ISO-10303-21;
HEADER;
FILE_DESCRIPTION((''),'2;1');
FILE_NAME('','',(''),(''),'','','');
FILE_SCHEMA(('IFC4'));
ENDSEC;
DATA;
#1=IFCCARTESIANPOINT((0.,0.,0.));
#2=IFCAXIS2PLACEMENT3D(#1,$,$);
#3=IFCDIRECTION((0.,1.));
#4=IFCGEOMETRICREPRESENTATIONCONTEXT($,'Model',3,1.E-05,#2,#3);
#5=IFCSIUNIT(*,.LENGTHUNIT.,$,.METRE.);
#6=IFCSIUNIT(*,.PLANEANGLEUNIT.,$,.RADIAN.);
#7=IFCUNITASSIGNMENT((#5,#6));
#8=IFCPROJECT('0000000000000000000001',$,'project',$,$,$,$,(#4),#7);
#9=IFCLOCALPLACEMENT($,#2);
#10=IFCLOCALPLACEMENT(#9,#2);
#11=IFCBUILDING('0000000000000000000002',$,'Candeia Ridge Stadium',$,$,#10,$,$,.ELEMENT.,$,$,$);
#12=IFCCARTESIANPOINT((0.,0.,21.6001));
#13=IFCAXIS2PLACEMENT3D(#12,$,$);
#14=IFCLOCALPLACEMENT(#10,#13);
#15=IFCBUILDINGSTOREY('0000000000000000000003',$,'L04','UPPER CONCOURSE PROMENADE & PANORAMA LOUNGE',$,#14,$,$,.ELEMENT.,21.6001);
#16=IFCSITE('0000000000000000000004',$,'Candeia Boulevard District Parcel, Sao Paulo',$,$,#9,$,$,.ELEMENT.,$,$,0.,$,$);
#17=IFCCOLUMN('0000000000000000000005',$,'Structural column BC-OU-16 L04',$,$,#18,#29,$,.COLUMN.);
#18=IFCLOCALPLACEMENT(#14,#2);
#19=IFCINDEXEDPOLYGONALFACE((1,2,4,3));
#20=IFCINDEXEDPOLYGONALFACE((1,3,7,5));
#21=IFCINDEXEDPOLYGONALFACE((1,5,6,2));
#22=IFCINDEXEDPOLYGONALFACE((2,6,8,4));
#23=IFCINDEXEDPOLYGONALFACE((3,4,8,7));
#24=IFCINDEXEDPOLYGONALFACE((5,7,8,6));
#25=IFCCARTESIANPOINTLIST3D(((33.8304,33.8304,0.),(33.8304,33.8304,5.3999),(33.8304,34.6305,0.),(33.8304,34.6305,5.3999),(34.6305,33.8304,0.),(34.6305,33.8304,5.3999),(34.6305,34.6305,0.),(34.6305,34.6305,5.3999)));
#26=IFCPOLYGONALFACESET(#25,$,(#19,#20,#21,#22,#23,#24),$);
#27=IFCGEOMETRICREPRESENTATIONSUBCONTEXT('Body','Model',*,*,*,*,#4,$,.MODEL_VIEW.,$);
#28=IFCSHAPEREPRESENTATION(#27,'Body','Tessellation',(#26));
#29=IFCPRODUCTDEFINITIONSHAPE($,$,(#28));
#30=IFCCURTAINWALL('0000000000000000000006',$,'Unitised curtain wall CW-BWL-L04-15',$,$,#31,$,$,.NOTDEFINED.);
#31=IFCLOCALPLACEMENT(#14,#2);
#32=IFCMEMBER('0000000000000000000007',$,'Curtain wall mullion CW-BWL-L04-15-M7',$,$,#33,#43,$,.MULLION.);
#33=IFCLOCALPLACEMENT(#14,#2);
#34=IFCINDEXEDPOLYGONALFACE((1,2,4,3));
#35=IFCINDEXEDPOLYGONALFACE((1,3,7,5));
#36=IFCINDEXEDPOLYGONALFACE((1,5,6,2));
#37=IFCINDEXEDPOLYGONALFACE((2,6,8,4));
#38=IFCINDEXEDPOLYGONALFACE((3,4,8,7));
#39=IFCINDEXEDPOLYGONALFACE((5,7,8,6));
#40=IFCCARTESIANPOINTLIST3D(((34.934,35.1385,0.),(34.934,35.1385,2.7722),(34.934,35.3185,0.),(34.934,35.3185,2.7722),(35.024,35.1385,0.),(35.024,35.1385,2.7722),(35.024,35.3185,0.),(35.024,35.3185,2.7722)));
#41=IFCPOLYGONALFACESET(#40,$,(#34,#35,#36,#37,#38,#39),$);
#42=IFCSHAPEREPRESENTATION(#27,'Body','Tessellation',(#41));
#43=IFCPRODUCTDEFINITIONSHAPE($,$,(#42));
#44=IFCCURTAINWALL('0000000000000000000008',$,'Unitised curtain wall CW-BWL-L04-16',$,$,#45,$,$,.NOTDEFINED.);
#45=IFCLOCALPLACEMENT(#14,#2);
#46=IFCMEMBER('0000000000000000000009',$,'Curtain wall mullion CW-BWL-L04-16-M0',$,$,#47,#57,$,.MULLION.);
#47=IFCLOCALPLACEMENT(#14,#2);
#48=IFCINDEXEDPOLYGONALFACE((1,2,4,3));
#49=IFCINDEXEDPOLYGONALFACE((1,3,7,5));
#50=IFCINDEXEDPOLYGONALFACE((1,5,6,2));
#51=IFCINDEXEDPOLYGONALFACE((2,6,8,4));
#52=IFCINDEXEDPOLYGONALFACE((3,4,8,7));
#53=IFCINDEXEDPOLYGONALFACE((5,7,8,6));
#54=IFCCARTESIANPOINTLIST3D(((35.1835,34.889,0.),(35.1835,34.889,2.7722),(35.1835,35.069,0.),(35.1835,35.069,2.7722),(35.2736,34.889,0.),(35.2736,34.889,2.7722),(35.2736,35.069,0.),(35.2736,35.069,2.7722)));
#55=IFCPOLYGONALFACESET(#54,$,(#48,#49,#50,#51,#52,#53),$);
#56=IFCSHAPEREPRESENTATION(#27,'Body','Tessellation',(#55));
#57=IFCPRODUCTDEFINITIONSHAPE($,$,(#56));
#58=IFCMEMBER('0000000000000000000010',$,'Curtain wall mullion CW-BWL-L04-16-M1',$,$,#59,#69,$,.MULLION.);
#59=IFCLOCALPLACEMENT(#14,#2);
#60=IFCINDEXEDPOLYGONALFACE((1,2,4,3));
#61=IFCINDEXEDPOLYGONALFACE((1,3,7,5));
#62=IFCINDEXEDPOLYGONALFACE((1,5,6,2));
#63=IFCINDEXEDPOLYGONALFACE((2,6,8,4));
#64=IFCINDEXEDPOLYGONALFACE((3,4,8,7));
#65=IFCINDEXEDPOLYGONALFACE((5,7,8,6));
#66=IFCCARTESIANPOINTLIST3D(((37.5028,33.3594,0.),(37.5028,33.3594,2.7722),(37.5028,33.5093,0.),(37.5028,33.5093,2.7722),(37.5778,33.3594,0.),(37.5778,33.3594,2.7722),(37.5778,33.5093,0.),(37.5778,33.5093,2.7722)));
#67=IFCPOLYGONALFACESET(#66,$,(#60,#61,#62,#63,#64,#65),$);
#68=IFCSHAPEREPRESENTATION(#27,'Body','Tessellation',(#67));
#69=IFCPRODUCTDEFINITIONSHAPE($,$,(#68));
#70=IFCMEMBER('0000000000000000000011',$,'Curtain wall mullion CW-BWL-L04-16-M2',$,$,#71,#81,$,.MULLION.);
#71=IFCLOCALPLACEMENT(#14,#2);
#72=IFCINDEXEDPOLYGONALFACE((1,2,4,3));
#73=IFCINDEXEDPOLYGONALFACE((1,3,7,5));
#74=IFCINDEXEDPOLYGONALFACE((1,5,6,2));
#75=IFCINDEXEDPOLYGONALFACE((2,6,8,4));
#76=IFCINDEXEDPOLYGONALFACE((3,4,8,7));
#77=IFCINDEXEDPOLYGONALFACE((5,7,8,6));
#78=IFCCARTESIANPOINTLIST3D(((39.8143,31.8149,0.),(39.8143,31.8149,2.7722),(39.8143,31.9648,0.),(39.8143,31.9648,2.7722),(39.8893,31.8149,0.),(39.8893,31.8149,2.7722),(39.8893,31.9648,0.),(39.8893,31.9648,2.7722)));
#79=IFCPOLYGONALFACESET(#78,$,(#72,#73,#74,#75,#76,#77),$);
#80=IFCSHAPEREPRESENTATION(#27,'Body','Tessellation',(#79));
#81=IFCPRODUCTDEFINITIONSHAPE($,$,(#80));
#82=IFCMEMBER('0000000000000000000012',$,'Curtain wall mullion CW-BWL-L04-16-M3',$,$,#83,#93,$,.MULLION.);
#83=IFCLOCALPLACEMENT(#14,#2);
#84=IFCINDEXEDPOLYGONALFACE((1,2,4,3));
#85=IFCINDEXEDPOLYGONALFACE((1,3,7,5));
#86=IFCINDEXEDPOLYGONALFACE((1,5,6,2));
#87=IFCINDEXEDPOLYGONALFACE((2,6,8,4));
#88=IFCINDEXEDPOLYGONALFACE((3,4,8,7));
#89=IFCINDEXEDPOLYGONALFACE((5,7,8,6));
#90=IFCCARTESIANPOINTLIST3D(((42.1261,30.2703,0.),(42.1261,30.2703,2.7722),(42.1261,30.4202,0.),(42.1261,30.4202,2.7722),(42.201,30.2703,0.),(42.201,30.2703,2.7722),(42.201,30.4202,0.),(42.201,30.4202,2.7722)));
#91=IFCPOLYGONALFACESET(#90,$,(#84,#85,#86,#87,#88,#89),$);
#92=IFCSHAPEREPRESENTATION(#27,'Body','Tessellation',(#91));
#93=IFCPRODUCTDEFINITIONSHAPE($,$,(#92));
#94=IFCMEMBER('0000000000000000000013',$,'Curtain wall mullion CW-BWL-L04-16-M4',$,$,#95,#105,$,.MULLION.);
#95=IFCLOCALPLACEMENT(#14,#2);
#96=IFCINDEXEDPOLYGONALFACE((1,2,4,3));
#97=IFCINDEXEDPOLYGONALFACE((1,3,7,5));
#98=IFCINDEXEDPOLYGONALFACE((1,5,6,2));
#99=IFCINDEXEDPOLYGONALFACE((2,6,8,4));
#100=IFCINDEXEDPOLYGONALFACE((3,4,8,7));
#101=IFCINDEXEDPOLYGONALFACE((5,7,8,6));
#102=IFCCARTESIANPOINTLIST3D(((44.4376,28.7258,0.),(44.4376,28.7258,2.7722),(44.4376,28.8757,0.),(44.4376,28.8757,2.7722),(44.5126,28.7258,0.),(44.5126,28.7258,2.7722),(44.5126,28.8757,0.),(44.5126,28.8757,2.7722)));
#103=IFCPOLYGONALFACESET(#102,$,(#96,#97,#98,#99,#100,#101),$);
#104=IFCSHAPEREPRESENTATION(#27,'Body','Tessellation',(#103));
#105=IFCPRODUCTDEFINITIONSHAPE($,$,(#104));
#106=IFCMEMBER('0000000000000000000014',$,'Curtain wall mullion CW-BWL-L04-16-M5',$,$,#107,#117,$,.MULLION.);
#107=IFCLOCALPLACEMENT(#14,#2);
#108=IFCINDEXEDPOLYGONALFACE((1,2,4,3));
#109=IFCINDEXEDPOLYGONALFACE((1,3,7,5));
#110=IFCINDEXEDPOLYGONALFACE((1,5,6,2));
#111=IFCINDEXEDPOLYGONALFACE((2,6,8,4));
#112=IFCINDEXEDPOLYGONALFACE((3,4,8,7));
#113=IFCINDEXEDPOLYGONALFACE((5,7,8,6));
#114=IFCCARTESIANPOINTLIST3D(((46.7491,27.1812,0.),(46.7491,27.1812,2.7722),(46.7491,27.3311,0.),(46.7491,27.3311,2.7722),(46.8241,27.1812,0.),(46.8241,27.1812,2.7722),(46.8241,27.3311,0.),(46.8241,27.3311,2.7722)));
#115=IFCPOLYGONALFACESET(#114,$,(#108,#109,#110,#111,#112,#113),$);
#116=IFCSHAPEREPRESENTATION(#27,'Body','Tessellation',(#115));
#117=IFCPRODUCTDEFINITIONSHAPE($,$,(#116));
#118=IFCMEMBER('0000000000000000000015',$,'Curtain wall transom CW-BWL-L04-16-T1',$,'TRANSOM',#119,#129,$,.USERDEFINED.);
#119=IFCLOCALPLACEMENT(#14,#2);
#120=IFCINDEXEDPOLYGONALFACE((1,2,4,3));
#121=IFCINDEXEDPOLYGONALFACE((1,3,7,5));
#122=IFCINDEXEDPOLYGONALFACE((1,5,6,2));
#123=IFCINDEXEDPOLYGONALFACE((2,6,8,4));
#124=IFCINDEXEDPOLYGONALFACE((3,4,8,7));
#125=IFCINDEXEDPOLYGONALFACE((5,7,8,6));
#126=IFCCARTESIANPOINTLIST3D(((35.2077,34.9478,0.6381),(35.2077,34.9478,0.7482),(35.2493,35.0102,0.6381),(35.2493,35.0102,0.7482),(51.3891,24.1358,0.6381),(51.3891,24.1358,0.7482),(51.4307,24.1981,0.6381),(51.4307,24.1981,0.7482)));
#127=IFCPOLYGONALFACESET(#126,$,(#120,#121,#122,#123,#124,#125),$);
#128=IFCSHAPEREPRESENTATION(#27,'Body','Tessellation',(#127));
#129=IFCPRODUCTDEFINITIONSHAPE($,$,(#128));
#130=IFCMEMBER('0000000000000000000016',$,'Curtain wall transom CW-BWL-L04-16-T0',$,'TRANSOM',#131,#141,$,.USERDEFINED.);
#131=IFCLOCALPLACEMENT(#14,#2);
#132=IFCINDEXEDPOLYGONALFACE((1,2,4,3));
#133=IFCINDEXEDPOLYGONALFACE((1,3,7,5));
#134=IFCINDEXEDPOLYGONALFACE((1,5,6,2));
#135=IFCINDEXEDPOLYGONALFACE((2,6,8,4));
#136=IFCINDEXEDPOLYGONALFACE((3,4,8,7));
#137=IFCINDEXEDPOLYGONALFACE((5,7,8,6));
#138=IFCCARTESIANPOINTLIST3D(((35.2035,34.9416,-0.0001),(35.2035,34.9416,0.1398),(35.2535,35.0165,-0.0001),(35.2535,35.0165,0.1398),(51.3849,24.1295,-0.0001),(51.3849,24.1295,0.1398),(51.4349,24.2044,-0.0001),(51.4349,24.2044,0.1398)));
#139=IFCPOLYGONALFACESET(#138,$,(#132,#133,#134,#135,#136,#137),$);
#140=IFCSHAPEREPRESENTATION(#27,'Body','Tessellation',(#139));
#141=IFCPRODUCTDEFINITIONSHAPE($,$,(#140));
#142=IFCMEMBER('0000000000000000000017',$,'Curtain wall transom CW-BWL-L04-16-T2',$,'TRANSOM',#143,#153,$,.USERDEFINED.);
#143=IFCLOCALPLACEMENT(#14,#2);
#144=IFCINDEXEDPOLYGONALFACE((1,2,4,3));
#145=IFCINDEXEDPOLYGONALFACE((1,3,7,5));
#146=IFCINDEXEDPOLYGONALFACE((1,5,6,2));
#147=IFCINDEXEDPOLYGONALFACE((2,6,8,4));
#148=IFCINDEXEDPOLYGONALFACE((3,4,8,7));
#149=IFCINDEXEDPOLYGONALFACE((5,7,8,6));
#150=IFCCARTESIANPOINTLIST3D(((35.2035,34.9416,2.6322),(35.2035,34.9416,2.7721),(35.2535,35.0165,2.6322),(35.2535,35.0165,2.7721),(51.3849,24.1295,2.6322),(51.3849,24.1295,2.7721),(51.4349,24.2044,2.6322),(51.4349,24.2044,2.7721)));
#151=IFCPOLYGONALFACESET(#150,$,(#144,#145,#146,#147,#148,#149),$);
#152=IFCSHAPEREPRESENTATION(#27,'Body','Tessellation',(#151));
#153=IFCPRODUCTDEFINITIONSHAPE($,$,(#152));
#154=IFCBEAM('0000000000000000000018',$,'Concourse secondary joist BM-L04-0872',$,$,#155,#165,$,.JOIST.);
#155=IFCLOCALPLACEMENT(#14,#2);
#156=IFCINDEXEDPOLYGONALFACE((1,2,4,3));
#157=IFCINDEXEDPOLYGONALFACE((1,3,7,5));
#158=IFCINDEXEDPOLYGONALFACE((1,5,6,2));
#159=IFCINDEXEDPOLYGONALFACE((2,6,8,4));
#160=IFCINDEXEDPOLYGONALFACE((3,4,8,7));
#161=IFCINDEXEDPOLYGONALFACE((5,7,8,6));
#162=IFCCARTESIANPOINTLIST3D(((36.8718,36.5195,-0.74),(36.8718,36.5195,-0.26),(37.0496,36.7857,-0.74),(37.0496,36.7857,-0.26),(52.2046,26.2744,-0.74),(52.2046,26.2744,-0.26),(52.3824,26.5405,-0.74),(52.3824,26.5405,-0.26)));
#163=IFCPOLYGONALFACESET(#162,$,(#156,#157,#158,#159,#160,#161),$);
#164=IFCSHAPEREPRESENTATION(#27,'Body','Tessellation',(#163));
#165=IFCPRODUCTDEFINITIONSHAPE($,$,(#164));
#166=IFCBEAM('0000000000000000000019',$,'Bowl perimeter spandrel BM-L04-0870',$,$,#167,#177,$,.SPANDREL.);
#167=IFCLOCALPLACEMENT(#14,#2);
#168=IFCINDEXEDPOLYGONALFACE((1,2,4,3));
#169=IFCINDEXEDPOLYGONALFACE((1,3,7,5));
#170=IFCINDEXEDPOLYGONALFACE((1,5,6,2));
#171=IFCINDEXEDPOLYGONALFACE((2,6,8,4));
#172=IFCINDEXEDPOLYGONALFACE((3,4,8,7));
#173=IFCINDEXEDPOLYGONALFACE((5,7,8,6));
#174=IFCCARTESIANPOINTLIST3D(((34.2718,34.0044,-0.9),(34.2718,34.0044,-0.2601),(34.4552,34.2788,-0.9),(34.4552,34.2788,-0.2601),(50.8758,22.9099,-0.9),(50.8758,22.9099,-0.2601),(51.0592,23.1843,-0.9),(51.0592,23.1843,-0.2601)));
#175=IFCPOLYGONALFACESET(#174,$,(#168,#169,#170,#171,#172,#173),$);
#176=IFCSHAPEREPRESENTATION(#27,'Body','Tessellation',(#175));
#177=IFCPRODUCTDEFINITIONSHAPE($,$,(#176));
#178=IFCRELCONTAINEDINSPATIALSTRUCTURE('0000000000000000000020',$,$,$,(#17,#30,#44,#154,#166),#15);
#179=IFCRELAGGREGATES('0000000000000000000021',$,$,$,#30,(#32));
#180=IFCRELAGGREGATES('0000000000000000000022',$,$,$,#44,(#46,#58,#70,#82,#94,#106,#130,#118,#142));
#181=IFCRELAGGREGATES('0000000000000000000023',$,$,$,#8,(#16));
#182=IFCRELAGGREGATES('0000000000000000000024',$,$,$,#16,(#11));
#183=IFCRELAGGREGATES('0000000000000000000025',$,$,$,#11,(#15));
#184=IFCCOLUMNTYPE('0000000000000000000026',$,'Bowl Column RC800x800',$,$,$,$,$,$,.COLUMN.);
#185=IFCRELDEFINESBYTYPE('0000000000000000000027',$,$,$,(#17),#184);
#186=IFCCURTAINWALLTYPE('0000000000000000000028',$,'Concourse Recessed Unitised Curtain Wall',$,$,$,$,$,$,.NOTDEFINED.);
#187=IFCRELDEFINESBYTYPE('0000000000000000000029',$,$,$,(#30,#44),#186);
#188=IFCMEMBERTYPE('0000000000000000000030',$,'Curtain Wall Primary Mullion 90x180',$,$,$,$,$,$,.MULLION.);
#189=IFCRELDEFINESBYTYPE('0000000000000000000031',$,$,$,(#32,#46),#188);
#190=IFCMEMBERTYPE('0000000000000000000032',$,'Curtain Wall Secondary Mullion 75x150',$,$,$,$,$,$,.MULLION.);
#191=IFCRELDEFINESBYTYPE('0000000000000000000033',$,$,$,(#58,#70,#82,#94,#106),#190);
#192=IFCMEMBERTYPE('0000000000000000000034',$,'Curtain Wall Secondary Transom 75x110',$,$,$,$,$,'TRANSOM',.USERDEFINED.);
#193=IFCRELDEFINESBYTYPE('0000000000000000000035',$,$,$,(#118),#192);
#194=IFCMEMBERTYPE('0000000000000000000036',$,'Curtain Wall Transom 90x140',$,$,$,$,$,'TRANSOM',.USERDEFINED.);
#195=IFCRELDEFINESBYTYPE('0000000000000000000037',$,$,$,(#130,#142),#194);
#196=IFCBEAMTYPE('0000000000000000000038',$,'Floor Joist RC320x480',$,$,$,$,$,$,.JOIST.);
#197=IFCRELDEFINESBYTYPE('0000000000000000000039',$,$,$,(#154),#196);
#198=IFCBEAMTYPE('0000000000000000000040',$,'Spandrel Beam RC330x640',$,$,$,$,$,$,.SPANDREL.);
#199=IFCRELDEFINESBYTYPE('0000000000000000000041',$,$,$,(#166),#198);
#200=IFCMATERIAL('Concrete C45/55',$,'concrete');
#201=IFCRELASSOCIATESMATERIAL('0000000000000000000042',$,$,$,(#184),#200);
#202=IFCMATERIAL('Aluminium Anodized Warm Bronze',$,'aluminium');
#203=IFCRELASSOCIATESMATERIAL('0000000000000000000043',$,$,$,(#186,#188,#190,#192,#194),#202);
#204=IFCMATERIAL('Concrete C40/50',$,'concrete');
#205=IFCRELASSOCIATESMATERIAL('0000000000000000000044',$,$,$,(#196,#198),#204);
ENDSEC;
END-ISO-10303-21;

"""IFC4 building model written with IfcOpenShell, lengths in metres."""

from ifc_helpers import new_model, si_unit, direction, frame, origin, origin_2d, place, context, subcontext, project, spatial, rectangle, extrude, material, material_profile, profile_set, type_object, element, aggregate, save


model = new_model("IFC4")

# Units and contexts
model_context = context("Model", 3, precision=1e-05, world=origin(), true_north=direction((0.0, 1.0)))
body_context = subcontext(model_context, "Body", "Model", "MODEL_VIEW")
ifc_project = project(units=[si_unit("LENGTHUNIT", "METRE"), si_unit("PLANEANGLEUNIT", "RADIAN")], contexts=[model_context])

# Site, building, storey
site_placement = place(None, origin())
site = spatial("IfcSite", under=ifc_project, at=site_placement, Name="Candeia Boulevard District Parcel, Sao Paulo", CompositionType="ELEMENT", RefElevation=0.0)
building_placement = place(site_placement, origin())
building = spatial("IfcBuilding", under=site, at=building_placement, Name="Candeia Ridge Stadium", CompositionType="ELEMENT")
storey_placement = place(building_placement, frame((0.0, 0.0, 21.6001)))
storey = spatial("IfcBuildingStorey", under=building, at=storey_placement, Name="L04", Description="UPPER CONCOURSE PROMENADE & PANORAMA LOUNGE", CompositionType="ELEMENT", Elevation=21.6001)

# Column
ifc_material_1 = material(Name="Concrete C45/55", Category="concrete")
ifc_material_profile_1 = material_profile(ifc_material_1, rectangle(XDim=0.8, YDim=0.8, at=origin_2d()), Name="RC800x800", Category="concrete")
ifc_profile_set_1 = profile_set([ifc_material_profile_1], Name="Concrete C45/55")
column_type = type_object("IfcColumnType", Name="Bowl Column RC800x800", PredefinedType="COLUMN", material=ifc_profile_set_1)
column_placement = place(storey_placement, frame((34.2305, 34.2305, 0.0), z_axis=(0.0, 0.0, 1.0), x_axis=(1.0, 0.0, 0.0)))
element("IfcColumn", 1, at=column_placement, inside=storey, type_object=column_type, Name="Structural column BC-OU-16 L04", PredefinedType="COLUMN", context=body_context, shape_type="SweptSolid", body=[
    extrude(rectangle(XDim=0.8, YDim=0.8, at=origin_2d()), origin(), (0.0, 0.0, 1.0), 5.3999),
])

# Curtain wall, member
ifc_material_2 = material(Name="Aluminium Anodized Warm Bronze", Category="aluminium")
curtain_wall_type = type_object("IfcCurtainWallType", Name="Concourse Recessed Unitised Curtain Wall", PredefinedType="NOTDEFINED", material=ifc_material_2)
curtain_wall_1_placement = place(storey_placement, origin())
curtain_wall_1 = element("IfcCurtainWall", 2, at=curtain_wall_1_placement, inside=storey, type_object=curtain_wall_type, Name="Unitised curtain wall CW-BWL-L04-15", PredefinedType="NOTDEFINED")
ifc_material_profile_2 = material_profile(ifc_material_2, rectangle(XDim=0.0901, YDim=0.1799, at=origin_2d()), Name="CWM-90x180", Category="aluminium")
ifc_profile_set_2 = profile_set([ifc_material_profile_2], Name="Aluminium Anodized Warm Bronze")
member_type_1 = type_object("IfcMemberType", Name="Curtain Wall Primary Mullion 90x180", PredefinedType="MULLION", material=ifc_profile_set_2)
member_1_placement = place(storey_placement, frame((34.979, 35.2285, 0.0), z_axis=(0.0, 0.0, 1.0), x_axis=(1.0, 0.0, 0.0)))
member_1 = element("IfcMember", 3, at=member_1_placement, type_object=member_type_1, Name="Curtain wall mullion CW-BWL-L04-15-M7", PredefinedType="MULLION", context=body_context, shape_type="SweptSolid", body=[
    extrude(rectangle(XDim=0.0901, YDim=0.1799, at=origin_2d()), origin(), (0.0, 0.0, 1.0), 2.7722),
])

# Curtain wall, members
curtain_wall_2_placement = place(storey_placement, origin())
curtain_wall_2 = element("IfcCurtainWall", 4, at=curtain_wall_2_placement, inside=storey, type_object=curtain_wall_type, Name="Unitised curtain wall CW-BWL-L04-16", PredefinedType="NOTDEFINED")
member_2_placement = place(storey_placement, frame((35.2285, 34.979, 0.0), z_axis=(0.0, 0.0, 1.0), x_axis=(1.0, 0.0, 0.0)))
member_2 = element("IfcMember", 5, at=member_2_placement, type_object=member_type_1, Name="Curtain wall mullion CW-BWL-L04-16-M0", PredefinedType="MULLION", context=body_context, shape_type="SweptSolid", body=[
    extrude(rectangle(XDim=0.0901, YDim=0.1799, at=origin_2d()), origin(), (0.0, 0.0, 1.0), 2.7722),
])
ifc_material_profile_3 = material_profile(ifc_material_2, rectangle(XDim=0.075, YDim=0.1499, at=origin_2d()), Name="CWM-75x150", Category="aluminium")
ifc_profile_set_3 = profile_set([ifc_material_profile_3], Name="Aluminium Anodized Warm Bronze")
member_type_2 = type_object("IfcMemberType", Name="Curtain Wall Secondary Mullion 75x150", PredefinedType="MULLION", material=ifc_profile_set_3)
member_3_placement = place(storey_placement, frame((37.5403, 33.4343, 0.0), z_axis=(0.0, 0.0, 1.0), x_axis=(1.0, 0.0, 0.0)))
member_3 = element("IfcMember", 6, at=member_3_placement, type_object=member_type_2, Name="Curtain wall mullion CW-BWL-L04-16-M1", PredefinedType="MULLION", context=body_context, shape_type="SweptSolid", body=[
    extrude(rectangle(XDim=0.075, YDim=0.1499, at=origin_2d()), origin(), (0.0, 0.0, 1.0), 2.7722),
])
member_4_placement = place(storey_placement, frame((39.8518, 31.8899, 0.0), z_axis=(0.0, 0.0, 1.0), x_axis=(1.0, 0.0, 0.0)))
member_4 = element("IfcMember", 7, at=member_4_placement, type_object=member_type_2, Name="Curtain wall mullion CW-BWL-L04-16-M2", PredefinedType="MULLION", context=body_context, shape_type="SweptSolid", body=[
    extrude(rectangle(XDim=0.075, YDim=0.1499, at=origin_2d()), origin(), (0.0, 0.0, 1.0), 2.7722),
])
member_5_placement = place(storey_placement, frame((42.1636, 30.3452, 0.0), z_axis=(0.0, 0.0, 1.0), x_axis=(1.0, 0.0, 0.0)))
member_5 = element("IfcMember", 8, at=member_5_placement, type_object=member_type_2, Name="Curtain wall mullion CW-BWL-L04-16-M3", PredefinedType="MULLION", context=body_context, shape_type="SweptSolid", body=[
    extrude(rectangle(XDim=0.075, YDim=0.1499, at=origin_2d()), origin(), (0.0, 0.0, 1.0), 2.7722),
])
member_6_placement = place(storey_placement, frame((44.4751, 28.8008, 0.0), z_axis=(0.0, 0.0, 1.0), x_axis=(1.0, 0.0, 0.0)))
member_6 = element("IfcMember", 9, at=member_6_placement, type_object=member_type_2, Name="Curtain wall mullion CW-BWL-L04-16-M4", PredefinedType="MULLION", context=body_context, shape_type="SweptSolid", body=[
    extrude(rectangle(XDim=0.075, YDim=0.1499, at=origin_2d()), origin(), (0.0, 0.0, 1.0), 2.7722),
])
member_7_placement = place(storey_placement, frame((46.7866, 27.2561, 0.0), z_axis=(0.0, 0.0, 1.0), x_axis=(1.0, 0.0, 0.0)))
member_7 = element("IfcMember", 10, at=member_7_placement, type_object=member_type_2, Name="Curtain wall mullion CW-BWL-L04-16-M5", PredefinedType="MULLION", context=body_context, shape_type="SweptSolid", body=[
    extrude(rectangle(XDim=0.075, YDim=0.1499, at=origin_2d()), origin(), (0.0, 0.0, 1.0), 2.7722),
])
ifc_material_profile_4 = material_profile(ifc_material_2, rectangle(XDim=0.075, YDim=0.1101, at=origin_2d()), Name="CWT-75x110", Category="aluminium")
ifc_profile_set_4 = profile_set([ifc_material_profile_4], Name="Aluminium Anodized Warm Bronze")
member_type_3 = type_object("IfcMemberType", Name="Curtain Wall Secondary Transom 75x110", ElementType="TRANSOM", PredefinedType="USERDEFINED", material=ifc_profile_set_4)
member_8_placement = place(storey_placement, frame((35.2285, 34.979, 0.6931), z_axis=(0.831471, -0.555568, 0.0), x_axis=(0.555568, 0.831471, 0.0)))
member_8 = element("IfcMember", 11, at=member_8_placement, type_object=member_type_3, Name="Curtain wall transom CW-BWL-L04-16-T1", ObjectType="TRANSOM", PredefinedType="USERDEFINED", context=body_context, shape_type="SweptSolid", body=[
    extrude(rectangle(XDim=0.075, YDim=0.1101, at=origin_2d()), origin(), (0.0, 0.0, 1.0), 19.4612),
])
ifc_material_profile_5 = material_profile(ifc_material_2, rectangle(XDim=0.0901, YDim=0.1399, at=origin_2d()), Name="CWT-90x140", Category="aluminium")
ifc_profile_set_5 = profile_set([ifc_material_profile_5], Name="Aluminium Anodized Warm Bronze")
member_type_4 = type_object("IfcMemberType", Name="Curtain Wall Transom 90x140", ElementType="TRANSOM", PredefinedType="USERDEFINED", material=ifc_profile_set_5)
member_9_placement = place(storey_placement, frame((35.2285, 34.979, 0.0698), z_axis=(0.831471, -0.555568, 0.0), x_axis=(0.555568, 0.831471, 0.0)))
member_9 = element("IfcMember", 12, at=member_9_placement, type_object=member_type_4, Name="Curtain wall transom CW-BWL-L04-16-T0", ObjectType="TRANSOM", PredefinedType="USERDEFINED", context=body_context, shape_type="SweptSolid", body=[
    extrude(rectangle(XDim=0.0901, YDim=0.1399, at=origin_2d()), origin(), (0.0, 0.0, 1.0), 19.4612),
])
member_10_placement = place(storey_placement, frame((35.2285, 34.979, 2.7021), z_axis=(0.831471, -0.555568, 0.0), x_axis=(0.555568, 0.831471, 0.0)))
member_10 = element("IfcMember", 13, at=member_10_placement, type_object=member_type_4, Name="Curtain wall transom CW-BWL-L04-16-T2", ObjectType="TRANSOM", PredefinedType="USERDEFINED", context=body_context, shape_type="SweptSolid", body=[
    extrude(rectangle(XDim=0.0901, YDim=0.1399, at=origin_2d()), origin(), (0.0, 0.0, 1.0), 19.4612),
])

# Beams
ifc_material_3 = material(Name="Concrete C40/50", Category="concrete")
ifc_material_profile_6 = material_profile(ifc_material_3, rectangle(XDim=0.3201, YDim=0.48, at=origin_2d()), Name="RC320x480", Category="concrete")
ifc_profile_set_6 = profile_set([ifc_material_profile_6], Name="Concrete C40/50")
beam_type_1 = type_object("IfcBeamType", Name="Floor Joist RC320x480", PredefinedType="JOIST", material=ifc_profile_set_6)
beam_1_placement = place(storey_placement, frame((36.9607, 36.6526, -0.5), z_axis=(0.831467, -0.555574, 0.0), x_axis=(0.555574, 0.831467, 0.0)))
element("IfcBeam", 14, at=beam_1_placement, inside=storey, type_object=beam_type_1, Name="Concourse secondary joist BM-L04-0872", PredefinedType="JOIST", context=body_context, shape_type="SweptSolid", body=[
    extrude(rectangle(XDim=0.3201, YDim=0.48, at=origin_2d()), origin(), (0.0, 0.0, 1.0), 18.4407),
])
ifc_material_profile_7 = material_profile(ifc_material_3, rectangle(XDim=0.3301, YDim=0.6399, at=origin_2d()), Name="RC330x640", Category="concrete")
ifc_profile_set_7 = profile_set([ifc_material_profile_7], Name="Concrete C40/50")
beam_type_2 = type_object("IfcBeamType", Name="Spandrel Beam RC330x640", PredefinedType="SPANDREL", material=ifc_profile_set_7)
beam_2_placement = place(storey_placement, frame((34.3635, 34.1416, -0.5801), z_axis=(0.831469, -0.555572, 0.0), x_axis=(0.555572, 0.831469, 0.0)))
element("IfcBeam", 15, at=beam_2_placement, inside=storey, type_object=beam_type_2, Name="Bowl perimeter spandrel BM-L04-0870", PredefinedType="SPANDREL", context=body_context, shape_type="SweptSolid", body=[
    extrude(rectangle(XDim=0.3301, YDim=0.6399, at=origin_2d()), origin(), (0.0, 0.0, 1.0), 19.9695),
])

aggregate(curtain_wall_1, [member_1])
aggregate(curtain_wall_2, [member_2, member_3, member_4, member_5, member_6, member_7, member_9, member_8, member_10])

save(model, "model.ifc")
